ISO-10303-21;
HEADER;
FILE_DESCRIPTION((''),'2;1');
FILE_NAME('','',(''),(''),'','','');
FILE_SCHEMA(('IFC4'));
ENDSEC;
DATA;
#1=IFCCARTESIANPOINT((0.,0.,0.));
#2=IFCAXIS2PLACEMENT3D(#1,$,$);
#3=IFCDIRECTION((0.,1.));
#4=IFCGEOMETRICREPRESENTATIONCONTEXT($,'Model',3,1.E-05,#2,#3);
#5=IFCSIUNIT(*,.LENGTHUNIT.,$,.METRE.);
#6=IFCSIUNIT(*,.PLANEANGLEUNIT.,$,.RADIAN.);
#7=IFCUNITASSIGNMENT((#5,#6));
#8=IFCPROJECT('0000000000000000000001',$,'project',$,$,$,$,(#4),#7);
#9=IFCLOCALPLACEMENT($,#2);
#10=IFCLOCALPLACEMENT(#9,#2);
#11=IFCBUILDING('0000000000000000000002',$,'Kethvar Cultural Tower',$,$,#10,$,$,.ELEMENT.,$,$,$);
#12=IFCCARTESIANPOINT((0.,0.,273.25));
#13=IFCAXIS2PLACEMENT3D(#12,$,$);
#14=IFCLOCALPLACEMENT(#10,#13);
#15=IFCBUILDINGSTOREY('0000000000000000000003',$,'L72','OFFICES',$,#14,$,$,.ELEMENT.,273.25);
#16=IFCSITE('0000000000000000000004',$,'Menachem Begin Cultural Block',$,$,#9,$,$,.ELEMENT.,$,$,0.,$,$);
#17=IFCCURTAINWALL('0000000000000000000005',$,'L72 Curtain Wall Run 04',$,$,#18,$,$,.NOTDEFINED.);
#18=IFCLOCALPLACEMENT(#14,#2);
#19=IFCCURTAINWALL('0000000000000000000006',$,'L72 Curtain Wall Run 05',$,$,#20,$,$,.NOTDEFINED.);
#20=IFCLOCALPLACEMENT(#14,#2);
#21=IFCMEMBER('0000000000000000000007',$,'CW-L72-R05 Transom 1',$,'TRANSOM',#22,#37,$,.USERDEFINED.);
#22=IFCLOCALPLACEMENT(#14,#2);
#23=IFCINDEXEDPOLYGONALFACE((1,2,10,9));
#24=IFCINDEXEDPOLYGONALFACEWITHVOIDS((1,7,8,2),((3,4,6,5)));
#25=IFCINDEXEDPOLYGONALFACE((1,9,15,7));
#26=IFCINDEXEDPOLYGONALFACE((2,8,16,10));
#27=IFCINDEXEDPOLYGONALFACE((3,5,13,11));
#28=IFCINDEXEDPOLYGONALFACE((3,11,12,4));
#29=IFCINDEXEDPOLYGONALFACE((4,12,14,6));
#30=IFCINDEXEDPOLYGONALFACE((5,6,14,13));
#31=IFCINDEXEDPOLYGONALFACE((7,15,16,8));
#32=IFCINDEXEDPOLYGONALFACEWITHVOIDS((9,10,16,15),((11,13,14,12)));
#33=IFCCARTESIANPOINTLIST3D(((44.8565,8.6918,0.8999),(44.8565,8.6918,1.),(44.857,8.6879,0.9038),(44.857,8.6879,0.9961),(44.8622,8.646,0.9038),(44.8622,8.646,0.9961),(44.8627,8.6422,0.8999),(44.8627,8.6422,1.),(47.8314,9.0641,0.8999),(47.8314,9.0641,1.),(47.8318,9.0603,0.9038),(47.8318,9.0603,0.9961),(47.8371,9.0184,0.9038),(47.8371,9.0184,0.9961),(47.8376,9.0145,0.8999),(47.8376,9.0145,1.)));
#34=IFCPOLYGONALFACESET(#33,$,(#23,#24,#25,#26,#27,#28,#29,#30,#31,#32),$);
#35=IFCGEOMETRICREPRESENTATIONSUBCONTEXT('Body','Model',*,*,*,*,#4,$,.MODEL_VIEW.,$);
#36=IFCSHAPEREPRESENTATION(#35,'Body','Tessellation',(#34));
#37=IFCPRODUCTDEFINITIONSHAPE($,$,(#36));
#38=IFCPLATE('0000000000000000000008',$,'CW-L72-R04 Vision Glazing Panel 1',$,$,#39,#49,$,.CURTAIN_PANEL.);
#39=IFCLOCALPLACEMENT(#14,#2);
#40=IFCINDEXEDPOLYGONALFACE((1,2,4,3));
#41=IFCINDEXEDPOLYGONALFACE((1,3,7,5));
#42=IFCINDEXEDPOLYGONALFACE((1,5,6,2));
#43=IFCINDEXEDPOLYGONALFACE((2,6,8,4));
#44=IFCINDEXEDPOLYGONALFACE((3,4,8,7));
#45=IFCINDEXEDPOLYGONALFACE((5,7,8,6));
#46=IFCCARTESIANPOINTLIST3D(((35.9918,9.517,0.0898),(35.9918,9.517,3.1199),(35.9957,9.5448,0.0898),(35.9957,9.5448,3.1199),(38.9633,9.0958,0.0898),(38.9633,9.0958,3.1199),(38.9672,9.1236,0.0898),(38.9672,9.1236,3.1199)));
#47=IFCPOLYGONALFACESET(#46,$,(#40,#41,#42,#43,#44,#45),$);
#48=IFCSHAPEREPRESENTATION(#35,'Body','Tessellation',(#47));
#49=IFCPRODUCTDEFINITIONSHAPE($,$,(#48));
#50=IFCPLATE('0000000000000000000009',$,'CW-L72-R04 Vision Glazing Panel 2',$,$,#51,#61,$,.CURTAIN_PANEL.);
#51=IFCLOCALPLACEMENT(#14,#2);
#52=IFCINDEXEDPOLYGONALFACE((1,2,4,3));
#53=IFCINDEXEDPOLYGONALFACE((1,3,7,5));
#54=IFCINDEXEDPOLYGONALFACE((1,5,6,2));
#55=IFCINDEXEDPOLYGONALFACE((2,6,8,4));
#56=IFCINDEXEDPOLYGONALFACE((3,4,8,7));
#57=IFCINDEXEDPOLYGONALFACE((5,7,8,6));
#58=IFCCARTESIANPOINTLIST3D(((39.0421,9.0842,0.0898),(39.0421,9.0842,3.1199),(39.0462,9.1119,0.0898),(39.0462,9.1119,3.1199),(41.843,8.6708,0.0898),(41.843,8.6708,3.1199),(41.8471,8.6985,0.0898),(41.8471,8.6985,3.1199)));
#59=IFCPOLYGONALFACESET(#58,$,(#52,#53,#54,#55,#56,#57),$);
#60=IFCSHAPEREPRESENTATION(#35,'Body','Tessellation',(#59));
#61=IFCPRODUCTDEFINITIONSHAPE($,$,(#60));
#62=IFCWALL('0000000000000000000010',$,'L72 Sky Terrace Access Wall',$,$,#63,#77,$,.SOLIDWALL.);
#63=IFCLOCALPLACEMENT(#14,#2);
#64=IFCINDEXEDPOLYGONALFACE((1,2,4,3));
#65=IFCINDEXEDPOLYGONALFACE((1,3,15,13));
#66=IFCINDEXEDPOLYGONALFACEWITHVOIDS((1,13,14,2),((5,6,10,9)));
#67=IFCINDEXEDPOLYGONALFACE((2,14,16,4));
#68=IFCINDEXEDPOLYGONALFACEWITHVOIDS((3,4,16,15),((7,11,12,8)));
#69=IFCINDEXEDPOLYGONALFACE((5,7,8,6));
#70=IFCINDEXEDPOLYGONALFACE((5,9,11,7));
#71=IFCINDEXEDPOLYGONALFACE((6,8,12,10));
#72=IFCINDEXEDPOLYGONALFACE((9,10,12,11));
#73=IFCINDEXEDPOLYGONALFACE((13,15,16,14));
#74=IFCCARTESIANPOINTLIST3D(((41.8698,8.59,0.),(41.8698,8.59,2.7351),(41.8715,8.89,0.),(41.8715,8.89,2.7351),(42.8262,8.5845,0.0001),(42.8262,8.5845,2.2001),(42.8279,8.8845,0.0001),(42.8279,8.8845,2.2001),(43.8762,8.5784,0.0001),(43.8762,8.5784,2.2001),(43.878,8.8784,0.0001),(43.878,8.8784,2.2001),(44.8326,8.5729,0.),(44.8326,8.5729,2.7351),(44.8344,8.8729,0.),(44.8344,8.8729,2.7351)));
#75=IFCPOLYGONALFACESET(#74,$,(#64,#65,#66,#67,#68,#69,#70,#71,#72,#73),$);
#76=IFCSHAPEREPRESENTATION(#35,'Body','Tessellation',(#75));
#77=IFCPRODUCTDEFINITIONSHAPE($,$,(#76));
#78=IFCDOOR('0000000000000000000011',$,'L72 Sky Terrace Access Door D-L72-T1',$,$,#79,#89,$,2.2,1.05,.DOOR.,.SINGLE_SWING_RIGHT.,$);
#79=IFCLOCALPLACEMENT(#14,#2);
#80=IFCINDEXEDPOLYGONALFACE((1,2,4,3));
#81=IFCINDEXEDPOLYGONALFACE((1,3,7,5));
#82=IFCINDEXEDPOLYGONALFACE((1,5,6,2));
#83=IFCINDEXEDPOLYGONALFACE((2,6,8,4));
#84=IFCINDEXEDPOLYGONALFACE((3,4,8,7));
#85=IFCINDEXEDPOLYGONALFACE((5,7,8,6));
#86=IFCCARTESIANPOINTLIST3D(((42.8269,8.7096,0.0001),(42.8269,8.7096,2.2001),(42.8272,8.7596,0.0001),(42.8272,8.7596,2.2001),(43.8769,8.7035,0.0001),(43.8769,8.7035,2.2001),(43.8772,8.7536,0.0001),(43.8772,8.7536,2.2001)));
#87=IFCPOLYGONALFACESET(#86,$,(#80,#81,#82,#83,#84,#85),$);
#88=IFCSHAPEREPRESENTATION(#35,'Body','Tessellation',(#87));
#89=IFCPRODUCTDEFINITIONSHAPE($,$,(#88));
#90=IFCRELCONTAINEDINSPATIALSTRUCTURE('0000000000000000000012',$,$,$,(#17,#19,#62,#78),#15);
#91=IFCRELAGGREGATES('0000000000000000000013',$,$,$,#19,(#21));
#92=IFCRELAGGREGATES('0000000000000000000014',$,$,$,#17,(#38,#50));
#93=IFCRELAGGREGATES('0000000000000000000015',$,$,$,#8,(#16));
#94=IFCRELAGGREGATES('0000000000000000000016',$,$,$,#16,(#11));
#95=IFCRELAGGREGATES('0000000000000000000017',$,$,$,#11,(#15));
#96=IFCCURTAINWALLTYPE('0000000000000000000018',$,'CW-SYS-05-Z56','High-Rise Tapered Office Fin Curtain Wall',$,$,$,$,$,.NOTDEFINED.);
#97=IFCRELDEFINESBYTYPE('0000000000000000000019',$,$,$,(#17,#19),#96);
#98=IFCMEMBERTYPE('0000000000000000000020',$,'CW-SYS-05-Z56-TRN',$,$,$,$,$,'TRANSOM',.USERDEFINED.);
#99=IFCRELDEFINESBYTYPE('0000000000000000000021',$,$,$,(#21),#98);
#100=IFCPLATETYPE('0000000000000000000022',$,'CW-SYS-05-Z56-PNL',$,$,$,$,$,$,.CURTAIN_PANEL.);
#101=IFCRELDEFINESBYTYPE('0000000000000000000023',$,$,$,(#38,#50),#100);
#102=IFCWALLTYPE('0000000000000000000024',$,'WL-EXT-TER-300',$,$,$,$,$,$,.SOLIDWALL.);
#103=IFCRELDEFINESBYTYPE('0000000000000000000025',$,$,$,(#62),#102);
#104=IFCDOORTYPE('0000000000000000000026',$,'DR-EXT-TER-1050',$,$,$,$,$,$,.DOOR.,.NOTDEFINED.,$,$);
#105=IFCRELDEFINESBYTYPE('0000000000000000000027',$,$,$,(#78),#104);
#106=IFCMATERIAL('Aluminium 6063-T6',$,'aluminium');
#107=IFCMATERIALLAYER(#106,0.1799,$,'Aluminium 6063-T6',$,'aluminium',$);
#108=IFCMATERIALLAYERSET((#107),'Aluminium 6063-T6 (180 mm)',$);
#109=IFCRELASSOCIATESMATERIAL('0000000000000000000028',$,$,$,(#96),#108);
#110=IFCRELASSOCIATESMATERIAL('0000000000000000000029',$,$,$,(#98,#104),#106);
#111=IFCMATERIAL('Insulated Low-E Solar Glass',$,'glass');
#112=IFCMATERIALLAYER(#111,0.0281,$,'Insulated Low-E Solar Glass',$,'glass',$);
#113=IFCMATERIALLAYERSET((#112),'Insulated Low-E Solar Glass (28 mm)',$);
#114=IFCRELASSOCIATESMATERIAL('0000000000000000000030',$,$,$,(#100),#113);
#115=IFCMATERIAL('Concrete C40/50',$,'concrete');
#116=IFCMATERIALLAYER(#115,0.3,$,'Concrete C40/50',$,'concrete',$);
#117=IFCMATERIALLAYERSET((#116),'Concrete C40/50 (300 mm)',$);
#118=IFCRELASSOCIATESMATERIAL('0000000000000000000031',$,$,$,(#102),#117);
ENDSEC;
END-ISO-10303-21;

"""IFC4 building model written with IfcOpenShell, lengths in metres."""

from ifc_helpers import new_model, si_unit, direction, frame, frame_2d, origin, origin_2d, place, context, subcontext, project, spatial, rectangle, hollow_rectangle, extrude, source, transform, mapped, material, layer, layer_set, material_profile, profile_set, type_object, element, fill, aggregate, save


model = new_model("IFC4")

# Units and contexts
model_context = context("Model", 3, precision=1e-05, world=origin(), true_north=direction((0.0, 1.0)))
body_context = subcontext(model_context, "Body", "Model", "MODEL_VIEW")
ifc_project = project(units=[si_unit("LENGTHUNIT", "METRE"), si_unit("PLANEANGLEUNIT", "RADIAN")], contexts=[model_context])

# Site, building, storey
site_placement = place(None, origin())
site = spatial("IfcSite", under=ifc_project, at=site_placement, Name="Menachem Begin Cultural Block", CompositionType="ELEMENT", RefElevation=0.0)
building_placement = place(site_placement, origin())
building = spatial("IfcBuilding", under=site, at=building_placement, Name="Kethvar Cultural Tower", CompositionType="ELEMENT")
storey_placement = place(building_placement, frame((0.0, 0.0, 273.25)))
storey = spatial("IfcBuildingStorey", under=building, at=storey_placement, Name="L72", Description="OFFICES", CompositionType="ELEMENT", Elevation=273.25)

# Shared definitions
ifc_material_1 = material(Name="Aluminium 6063-T6", Category="aluminium")
ifc_layer_1 = layer(ifc_material_1, 0.1799, Name="Aluminium 6063-T6", Category="aluminium")
ifc_layer_set_1 = layer_set([ifc_layer_1], Name="Aluminium 6063-T6 (180 mm)")
curtain_wall_type = type_object("IfcCurtainWallType", Name="CW-SYS-05-Z56", Description="High-Rise Tapered Office Fin Curtain Wall", PredefinedType="NOTDEFINED", material=ifc_layer_set_1)

# Curtain wall
curtain_wall_1_placement = place(storey_placement, origin())
curtain_wall_1 = element("IfcCurtainWall", 1, at=curtain_wall_1_placement, inside=storey, type_object=curtain_wall_type, Name="L72 Curtain Wall Run 04", PredefinedType="NOTDEFINED")

# Curtain wall
curtain_wall_2_placement = place(storey_placement, origin())
curtain_wall_2 = element("IfcCurtainWall", 2, at=curtain_wall_2_placement, inside=storey, type_object=curtain_wall_type, Name="L72 Curtain Wall Run 05", PredefinedType="NOTDEFINED")

# Member
ifc_material_profile_1 = material_profile(ifc_material_1, hollow_rectangle(XDim=0.05, YDim=0.1001, WallThickness=0.0039, at=origin_2d()), Name="Aluminium 6063-T6 — RHS100x50x4")
ifc_profile_set_1 = profile_set([ifc_material_profile_1], Name="Aluminium 6063-T6 — RHS100x50x4")
member_type_1 = type_object("IfcMemberType", Name="CW-SYS-05-Z56-TRN", ElementType="TRANSOM", PredefinedType="USERDEFINED", material=ifc_profile_set_1)
shared_shape_1 = source(origin(), body_context, "Body", "SweptSolid", [
    extrude(hollow_rectangle(XDim=0.05, YDim=0.1001, WallThickness=0.0039, at=origin_2d()), origin(), (0.0, 0.0, 1.0), 2.998),
])
member_1_placement = place(storey_placement, frame((44.8596, 8.667, 0.95), z_axis=(0.992259, 0.124185, 0.0), x_axis=(-0.124185, 0.992259, 0.0)))
member_1 = element("IfcMember", 3, at=member_1_placement, type_object=member_type_1, Name="CW-L72-R05 Transom 1", ObjectType="TRANSOM", PredefinedType="USERDEFINED", context=body_context, shape_type="MappedRepresentation", body=[
    mapped(shared_shape_1, transform((0.0, 0.0, 0.0), scale=1.0)),
])
aggregate(curtain_wall_2, [member_1])

# Plates
ifc_material_2 = material(Name="Insulated Low-E Solar Glass", Category="glass")
ifc_layer_2 = layer(ifc_material_2, 0.0281, Name="Insulated Low-E Solar Glass", Category="glass")
ifc_layer_set_2 = layer_set([ifc_layer_2], Name="Insulated Low-E Solar Glass (28 mm)")
plate_type = type_object("IfcPlateType", Name="CW-SYS-05-Z56-PNL", PredefinedType="CURTAIN_PANEL", material=ifc_layer_set_2)
shared_shape_2 = source(origin(), body_context, "Body", "SweptSolid", [
    extrude(rectangle(XDim=3.0012, YDim=0.0281, at=origin_2d()), origin(), (0.0, 0.0, 1.0), 3.03),
])
plate_1_placement = place(storey_placement, frame((37.4795, 9.3203, 0.0898), z_axis=(0.0, 0.0, 1.0), x_axis=(0.9901, -0.140366, 0.0)))
plate_1 = element("IfcPlate", 4, at=plate_1_placement, type_object=plate_type, Name="CW-L72-R04 Vision Glazing Panel 1", PredefinedType="CURTAIN_PANEL", context=body_context, shape_type="MappedRepresentation", body=[
    mapped(shared_shape_2, transform((0.0, 0.0, 0.0), scale=1.0)),
])
shared_shape_3 = source(origin(), body_context, "Body", "SweptSolid", [
    extrude(rectangle(XDim=2.8313, YDim=0.0281, at=origin_2d()), origin(), (0.0, 0.0, 1.0), 3.03),
])
plate_2_placement = place(storey_placement, frame((40.4446, 8.8914, 0.0898), z_axis=(0.0, 0.0, 1.0), x_axis=(0.989283, -0.146014, 0.0)))
plate_2 = element("IfcPlate", 5, at=plate_2_placement, type_object=plate_type, Name="CW-L72-R04 Vision Glazing Panel 2", PredefinedType="CURTAIN_PANEL", context=body_context, shape_type="MappedRepresentation", body=[
    mapped(shared_shape_3, transform((0.0, 0.0, 0.0), scale=1.0)),
])
aggregate(curtain_wall_1, [plate_1, plate_2])

# Wall, opening, door
ifc_material_3 = material(Name="Concrete C40/50", Category="concrete")
ifc_layer_3 = layer(ifc_material_3, 0.3, Name="Concrete C40/50", Category="concrete")
ifc_layer_set_3 = layer_set([ifc_layer_3], Name="Concrete C40/50 (300 mm)")
wall_type = type_object("IfcWallType", Name="WL-EXT-TER-300", PredefinedType="SOLIDWALL", material=ifc_layer_set_3)
wall_placement = place(storey_placement, frame((44.8335, 8.7229, 0.0), z_axis=(0.0, 0.0, 1.0), x_axis=(-0.999983, 0.005768, 0.0)))
wall = element("IfcWall", 6, at=wall_placement, inside=storey, type_object=wall_type, Name="L72 Sky Terrace Access Wall", PredefinedType="SOLIDWALL", context=body_context, shape_type="SweptSolid", body=[
    extrude(rectangle(XDim=2.9629, YDim=0.3, at=frame_2d((1.4814, 0.0))), origin(), (0.0, 0.0, 1.0), 2.7351),
])
opening_placement = place(wall_placement, frame((0.9565, 0.0, 0.0)))
opening = element("IfcOpeningElement", 7, at=opening_placement, cuts=wall, PredefinedType="OPENING", context=body_context, shape_type="SweptSolid", body=[
    extrude(rectangle(XDim=1.05, YDim=2.2, at=frame_2d((0.5249, 1.1001))), frame((0.0, 0.1599, 0.0), z_axis=(0.0, -1.0, 0.0), x_axis=(1.0, 0.0, 0.0)), (0.0, 0.0, 1.0), 0.3201),
])
door_type = type_object("IfcDoorType", Name="DR-EXT-TER-1050", OperationType="NOTDEFINED", PredefinedType="DOOR", material=ifc_material_1)
shared_shape_4 = source(origin(), body_context, "Body", "SweptSolid", [
    extrude(rectangle(XDim=1.05, YDim=2.2, at=frame_2d((0.5249, 1.1001))), frame((0.0, 0.0249, 0.0), z_axis=(0.0, -1.0, 0.0), x_axis=(1.0, 0.0, 0.0)), (0.0, 0.0, 1.0), 0.05),
])
door_placement = place(opening_placement, origin())
door = element("IfcDoor", 8, at=door_placement, inside=storey, type_object=door_type, Name="L72 Sky Terrace Access Door D-L72-T1", OperationType="SINGLE_SWING_RIGHT", OverallHeight=2.2, OverallWidth=1.05, PredefinedType="DOOR", context=body_context, shape_type="MappedRepresentation", body=[
    mapped(shared_shape_4, transform((0.0, 0.0, 0.0), scale=1.0)),
])
fill(opening, door)

save(model, "model.ifc")
